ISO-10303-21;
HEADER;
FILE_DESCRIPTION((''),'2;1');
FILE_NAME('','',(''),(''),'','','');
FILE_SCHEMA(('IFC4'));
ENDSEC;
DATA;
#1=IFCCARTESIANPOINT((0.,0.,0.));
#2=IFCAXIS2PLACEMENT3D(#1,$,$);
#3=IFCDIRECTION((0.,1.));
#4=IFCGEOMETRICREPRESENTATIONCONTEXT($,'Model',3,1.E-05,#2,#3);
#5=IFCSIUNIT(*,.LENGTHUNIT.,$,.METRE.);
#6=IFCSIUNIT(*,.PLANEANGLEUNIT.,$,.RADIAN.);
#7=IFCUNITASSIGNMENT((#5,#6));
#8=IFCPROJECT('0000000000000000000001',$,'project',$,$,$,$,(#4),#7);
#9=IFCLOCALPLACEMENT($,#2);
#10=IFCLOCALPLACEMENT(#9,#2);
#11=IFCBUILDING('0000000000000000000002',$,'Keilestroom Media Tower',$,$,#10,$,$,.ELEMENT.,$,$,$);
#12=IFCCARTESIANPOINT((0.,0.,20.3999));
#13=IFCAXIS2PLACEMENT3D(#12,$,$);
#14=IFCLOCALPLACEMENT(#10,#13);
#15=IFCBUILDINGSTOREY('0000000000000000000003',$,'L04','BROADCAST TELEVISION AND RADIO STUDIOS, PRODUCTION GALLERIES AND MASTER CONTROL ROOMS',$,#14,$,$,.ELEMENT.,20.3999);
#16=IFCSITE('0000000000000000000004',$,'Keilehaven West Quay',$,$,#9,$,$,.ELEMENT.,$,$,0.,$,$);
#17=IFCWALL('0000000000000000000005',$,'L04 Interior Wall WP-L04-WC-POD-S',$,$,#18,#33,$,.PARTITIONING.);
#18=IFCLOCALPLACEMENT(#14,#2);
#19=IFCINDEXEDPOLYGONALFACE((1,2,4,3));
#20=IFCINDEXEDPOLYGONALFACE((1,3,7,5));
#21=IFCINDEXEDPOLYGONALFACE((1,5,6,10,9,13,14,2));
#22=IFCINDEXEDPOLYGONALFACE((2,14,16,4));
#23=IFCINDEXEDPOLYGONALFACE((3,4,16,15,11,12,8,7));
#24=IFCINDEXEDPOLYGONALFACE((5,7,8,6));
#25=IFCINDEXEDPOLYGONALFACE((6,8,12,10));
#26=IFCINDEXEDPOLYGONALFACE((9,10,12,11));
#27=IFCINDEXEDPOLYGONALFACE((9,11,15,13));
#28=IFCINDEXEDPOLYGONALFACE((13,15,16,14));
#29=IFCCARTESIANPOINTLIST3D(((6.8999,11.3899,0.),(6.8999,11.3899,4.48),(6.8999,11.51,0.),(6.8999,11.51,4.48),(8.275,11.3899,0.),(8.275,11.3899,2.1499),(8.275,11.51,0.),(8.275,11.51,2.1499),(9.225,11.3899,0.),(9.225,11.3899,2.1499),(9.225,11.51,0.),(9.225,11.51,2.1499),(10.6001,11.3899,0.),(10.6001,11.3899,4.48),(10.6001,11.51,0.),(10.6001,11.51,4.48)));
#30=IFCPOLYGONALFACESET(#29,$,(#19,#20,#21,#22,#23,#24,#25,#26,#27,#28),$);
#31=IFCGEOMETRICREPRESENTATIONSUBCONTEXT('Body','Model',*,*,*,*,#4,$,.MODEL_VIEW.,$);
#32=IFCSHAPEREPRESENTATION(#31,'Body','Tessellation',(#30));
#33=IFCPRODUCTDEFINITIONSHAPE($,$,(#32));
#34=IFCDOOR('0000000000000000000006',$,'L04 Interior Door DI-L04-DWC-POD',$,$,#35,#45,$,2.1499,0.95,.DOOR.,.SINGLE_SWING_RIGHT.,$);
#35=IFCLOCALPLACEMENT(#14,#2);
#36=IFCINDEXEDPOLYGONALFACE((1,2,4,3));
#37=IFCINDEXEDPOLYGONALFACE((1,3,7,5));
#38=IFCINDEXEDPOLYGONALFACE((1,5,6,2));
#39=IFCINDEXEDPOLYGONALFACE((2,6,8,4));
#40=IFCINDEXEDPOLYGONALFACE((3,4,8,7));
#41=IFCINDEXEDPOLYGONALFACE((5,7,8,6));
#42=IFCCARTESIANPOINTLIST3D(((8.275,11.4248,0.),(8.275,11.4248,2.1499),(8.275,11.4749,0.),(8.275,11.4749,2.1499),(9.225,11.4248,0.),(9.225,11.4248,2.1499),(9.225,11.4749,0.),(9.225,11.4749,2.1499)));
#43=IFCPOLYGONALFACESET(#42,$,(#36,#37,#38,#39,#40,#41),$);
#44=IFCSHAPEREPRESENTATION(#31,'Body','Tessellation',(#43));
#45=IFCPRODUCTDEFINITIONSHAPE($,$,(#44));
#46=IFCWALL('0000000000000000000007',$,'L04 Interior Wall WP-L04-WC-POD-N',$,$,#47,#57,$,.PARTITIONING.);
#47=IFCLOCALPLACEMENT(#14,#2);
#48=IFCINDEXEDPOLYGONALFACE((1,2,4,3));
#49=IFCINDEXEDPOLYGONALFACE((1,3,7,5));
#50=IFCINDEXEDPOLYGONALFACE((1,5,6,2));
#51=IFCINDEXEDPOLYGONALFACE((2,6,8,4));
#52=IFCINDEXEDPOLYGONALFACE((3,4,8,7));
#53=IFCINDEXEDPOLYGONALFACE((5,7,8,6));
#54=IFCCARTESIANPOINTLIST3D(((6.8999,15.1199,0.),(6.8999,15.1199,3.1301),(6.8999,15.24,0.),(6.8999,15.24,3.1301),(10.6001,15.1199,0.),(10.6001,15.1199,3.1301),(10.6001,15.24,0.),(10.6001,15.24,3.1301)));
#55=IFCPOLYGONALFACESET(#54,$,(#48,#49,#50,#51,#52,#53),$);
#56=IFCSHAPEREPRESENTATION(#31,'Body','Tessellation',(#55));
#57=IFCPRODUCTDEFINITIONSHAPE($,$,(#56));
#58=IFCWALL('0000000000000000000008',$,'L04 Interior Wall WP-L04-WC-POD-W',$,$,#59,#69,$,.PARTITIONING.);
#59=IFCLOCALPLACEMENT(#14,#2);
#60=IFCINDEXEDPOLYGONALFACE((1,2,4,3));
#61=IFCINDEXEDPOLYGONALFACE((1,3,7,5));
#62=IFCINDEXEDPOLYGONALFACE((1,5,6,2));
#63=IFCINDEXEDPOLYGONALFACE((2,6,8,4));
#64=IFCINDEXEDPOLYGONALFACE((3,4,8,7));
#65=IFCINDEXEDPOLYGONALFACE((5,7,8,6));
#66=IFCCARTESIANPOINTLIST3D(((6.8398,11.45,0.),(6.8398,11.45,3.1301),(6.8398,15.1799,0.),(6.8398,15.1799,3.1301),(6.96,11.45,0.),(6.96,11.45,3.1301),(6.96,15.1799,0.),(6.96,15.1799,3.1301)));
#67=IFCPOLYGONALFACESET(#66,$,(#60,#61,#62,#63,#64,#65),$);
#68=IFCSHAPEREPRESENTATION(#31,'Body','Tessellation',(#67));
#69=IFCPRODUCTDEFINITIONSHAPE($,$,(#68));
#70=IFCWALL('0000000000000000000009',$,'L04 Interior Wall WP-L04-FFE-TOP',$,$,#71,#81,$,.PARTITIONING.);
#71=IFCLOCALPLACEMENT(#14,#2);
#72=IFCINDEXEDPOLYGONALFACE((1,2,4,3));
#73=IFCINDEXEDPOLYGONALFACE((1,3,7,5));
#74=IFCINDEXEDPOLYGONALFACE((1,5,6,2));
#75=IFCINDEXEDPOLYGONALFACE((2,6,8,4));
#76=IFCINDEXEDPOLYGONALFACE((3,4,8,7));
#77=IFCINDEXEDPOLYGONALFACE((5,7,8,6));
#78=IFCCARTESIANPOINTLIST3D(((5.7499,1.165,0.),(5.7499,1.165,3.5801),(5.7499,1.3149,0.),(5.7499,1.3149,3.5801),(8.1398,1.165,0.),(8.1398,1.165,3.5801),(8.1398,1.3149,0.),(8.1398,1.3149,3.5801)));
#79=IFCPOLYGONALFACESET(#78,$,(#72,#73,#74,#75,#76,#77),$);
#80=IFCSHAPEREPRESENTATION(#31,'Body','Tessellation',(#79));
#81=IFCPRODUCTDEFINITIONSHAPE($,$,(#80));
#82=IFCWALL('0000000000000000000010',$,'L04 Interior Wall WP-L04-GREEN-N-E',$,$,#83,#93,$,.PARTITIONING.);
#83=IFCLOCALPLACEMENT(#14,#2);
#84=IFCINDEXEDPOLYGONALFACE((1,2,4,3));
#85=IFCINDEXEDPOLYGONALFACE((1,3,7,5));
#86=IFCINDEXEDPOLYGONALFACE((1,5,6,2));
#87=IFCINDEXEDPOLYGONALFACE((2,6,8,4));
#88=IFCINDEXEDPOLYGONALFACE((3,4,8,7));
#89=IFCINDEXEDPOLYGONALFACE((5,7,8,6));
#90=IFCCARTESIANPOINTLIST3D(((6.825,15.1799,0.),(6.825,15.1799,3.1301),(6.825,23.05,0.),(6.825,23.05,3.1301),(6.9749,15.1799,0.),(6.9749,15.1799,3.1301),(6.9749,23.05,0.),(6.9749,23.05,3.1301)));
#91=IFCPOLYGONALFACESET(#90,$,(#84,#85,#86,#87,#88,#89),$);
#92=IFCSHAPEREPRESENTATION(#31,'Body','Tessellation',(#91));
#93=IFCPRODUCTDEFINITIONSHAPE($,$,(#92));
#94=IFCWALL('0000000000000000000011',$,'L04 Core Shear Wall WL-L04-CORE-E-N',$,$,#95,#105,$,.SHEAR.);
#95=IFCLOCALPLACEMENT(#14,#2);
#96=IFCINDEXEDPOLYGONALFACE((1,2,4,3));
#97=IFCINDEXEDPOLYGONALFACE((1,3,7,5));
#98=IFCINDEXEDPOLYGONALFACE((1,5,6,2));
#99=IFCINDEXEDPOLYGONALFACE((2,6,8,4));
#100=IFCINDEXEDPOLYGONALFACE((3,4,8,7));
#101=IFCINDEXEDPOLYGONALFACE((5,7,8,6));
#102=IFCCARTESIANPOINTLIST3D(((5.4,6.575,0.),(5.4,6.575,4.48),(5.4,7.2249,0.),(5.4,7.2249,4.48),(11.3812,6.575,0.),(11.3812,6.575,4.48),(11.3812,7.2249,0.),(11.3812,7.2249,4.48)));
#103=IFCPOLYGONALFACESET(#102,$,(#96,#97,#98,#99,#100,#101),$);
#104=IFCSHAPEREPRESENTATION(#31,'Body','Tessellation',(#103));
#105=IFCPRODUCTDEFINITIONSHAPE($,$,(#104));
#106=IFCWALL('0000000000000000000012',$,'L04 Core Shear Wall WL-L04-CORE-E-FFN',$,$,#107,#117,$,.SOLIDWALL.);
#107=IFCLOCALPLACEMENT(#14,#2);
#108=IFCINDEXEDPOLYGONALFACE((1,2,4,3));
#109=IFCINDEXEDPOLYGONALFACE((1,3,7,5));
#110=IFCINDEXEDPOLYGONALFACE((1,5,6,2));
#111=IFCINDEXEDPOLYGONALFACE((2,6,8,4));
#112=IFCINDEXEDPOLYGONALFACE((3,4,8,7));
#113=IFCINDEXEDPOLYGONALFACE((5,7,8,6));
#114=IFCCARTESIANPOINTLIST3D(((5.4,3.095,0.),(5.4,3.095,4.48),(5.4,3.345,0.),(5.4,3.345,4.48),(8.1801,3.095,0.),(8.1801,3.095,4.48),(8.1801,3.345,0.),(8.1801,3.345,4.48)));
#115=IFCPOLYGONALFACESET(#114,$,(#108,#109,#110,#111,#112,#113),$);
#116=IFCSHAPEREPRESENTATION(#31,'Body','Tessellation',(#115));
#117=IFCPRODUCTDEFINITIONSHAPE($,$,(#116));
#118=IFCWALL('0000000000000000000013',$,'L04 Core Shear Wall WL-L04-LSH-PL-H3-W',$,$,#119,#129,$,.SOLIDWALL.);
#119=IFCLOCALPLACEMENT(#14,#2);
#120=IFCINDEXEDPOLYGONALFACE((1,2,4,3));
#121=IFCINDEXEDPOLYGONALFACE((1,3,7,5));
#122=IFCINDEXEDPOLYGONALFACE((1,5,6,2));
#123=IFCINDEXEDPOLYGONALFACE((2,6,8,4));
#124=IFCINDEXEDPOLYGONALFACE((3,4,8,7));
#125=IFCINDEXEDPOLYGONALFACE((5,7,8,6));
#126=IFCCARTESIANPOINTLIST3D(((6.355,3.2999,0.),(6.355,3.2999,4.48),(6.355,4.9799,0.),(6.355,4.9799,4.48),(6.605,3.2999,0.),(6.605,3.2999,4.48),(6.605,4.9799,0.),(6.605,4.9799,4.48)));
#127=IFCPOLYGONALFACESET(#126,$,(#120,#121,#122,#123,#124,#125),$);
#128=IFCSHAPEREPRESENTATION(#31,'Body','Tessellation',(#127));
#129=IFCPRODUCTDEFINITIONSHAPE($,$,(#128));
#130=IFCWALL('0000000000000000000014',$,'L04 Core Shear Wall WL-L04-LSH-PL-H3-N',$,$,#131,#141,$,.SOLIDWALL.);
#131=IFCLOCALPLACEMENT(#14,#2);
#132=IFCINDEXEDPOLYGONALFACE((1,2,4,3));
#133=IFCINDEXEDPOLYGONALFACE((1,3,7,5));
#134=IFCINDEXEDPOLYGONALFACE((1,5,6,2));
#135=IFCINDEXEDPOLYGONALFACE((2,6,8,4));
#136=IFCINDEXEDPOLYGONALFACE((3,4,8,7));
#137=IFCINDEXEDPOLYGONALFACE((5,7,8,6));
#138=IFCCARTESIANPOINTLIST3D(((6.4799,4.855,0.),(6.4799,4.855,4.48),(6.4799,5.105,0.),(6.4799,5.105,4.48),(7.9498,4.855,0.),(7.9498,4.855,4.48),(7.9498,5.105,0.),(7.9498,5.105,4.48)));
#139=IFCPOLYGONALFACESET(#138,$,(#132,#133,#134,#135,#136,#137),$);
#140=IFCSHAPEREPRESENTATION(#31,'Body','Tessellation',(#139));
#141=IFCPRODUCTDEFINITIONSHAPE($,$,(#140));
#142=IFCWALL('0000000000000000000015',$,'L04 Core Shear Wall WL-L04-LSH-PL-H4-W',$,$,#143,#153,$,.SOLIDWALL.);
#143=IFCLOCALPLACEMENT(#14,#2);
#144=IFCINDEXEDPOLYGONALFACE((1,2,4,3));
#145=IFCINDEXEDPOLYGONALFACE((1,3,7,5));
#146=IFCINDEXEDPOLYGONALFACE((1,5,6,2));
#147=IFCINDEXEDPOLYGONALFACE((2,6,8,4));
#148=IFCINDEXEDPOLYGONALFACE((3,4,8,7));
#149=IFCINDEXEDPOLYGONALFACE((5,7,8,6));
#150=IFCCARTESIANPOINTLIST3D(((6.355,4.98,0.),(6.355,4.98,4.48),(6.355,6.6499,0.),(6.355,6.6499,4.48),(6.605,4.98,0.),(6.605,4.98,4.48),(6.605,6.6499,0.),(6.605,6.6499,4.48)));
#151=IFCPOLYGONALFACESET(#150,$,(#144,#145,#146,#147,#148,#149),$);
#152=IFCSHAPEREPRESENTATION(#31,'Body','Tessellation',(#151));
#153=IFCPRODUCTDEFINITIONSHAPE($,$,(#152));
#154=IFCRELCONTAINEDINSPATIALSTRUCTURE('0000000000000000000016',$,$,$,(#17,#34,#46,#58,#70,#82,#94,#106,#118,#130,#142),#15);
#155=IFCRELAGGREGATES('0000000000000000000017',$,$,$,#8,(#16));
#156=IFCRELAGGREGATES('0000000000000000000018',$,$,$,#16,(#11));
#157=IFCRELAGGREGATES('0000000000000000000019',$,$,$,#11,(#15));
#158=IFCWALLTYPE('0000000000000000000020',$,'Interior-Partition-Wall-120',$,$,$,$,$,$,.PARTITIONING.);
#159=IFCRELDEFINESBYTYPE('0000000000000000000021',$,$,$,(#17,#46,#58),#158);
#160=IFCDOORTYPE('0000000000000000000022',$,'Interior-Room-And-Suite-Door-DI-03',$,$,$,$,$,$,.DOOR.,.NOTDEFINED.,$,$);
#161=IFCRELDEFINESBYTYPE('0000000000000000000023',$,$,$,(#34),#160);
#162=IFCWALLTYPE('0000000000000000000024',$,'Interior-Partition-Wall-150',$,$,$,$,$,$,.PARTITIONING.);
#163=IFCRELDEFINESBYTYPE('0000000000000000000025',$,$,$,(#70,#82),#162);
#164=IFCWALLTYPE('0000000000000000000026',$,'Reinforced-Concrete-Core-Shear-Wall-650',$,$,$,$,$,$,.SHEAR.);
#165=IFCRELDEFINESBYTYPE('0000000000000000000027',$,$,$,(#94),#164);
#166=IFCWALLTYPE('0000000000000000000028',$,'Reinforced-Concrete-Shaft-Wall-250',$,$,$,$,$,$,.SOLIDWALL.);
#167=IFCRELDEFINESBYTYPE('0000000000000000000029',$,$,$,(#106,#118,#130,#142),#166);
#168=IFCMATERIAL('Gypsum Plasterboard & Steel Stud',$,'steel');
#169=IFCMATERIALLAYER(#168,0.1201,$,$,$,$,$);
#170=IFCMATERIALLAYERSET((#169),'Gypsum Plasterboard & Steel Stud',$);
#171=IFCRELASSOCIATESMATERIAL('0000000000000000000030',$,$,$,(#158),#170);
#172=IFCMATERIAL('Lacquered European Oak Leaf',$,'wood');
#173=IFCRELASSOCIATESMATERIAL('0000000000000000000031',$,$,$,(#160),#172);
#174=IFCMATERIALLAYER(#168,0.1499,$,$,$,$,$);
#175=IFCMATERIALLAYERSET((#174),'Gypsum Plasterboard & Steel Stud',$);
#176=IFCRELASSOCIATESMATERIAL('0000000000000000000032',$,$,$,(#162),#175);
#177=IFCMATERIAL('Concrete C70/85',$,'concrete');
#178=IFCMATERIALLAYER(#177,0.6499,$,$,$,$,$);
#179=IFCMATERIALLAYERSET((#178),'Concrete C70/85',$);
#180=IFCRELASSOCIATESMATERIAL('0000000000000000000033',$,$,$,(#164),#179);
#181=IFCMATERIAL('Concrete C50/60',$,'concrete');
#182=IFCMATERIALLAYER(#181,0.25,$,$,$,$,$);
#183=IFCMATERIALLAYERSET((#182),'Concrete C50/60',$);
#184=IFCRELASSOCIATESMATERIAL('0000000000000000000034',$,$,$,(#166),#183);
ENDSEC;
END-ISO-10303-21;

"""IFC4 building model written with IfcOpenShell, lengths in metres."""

from ifc_helpers import new_model, si_unit, direction, frame, frame_2d, origin, place, context, subcontext, project, spatial, rectangle, extrude, source, transform, mapped, material, layer, layer_set, type_object, element, fill, save


model = new_model("IFC4")

# Units and contexts
model_context = context("Model", 3, precision=1e-05, world=origin(), true_north=direction((0.0, 1.0)))
body_context = subcontext(model_context, "Body", "Model", "MODEL_VIEW")
ifc_project = project(units=[si_unit("LENGTHUNIT", "METRE"), si_unit("PLANEANGLEUNIT", "RADIAN")], contexts=[model_context])

# Site, building, storey
site_placement = place(None, origin())
site = spatial("IfcSite", under=ifc_project, at=site_placement, Name="Keilehaven West Quay", CompositionType="ELEMENT", RefElevation=0.0)
building_placement = place(site_placement, origin())
building = spatial("IfcBuilding", under=site, at=building_placement, Name="Keilestroom Media Tower", CompositionType="ELEMENT")
storey_placement = place(building_placement, frame((0.0, 0.0, 20.3999)))
storey = spatial("IfcBuildingStorey", under=building, at=storey_placement, Name="L04", Description="BROADCAST TELEVISION AND RADIO STUDIOS, PRODUCTION GALLERIES AND MASTER CONTROL ROOMS", CompositionType="ELEMENT", Elevation=20.3999)

# Shared definitions
ifc_material_1 = material(Name="Gypsum Plasterboard & Steel Stud", Category="steel")
ifc_layer_1 = layer(ifc_material_1, 0.1201)
ifc_layer_set_1 = layer_set([ifc_layer_1], Name="Gypsum Plasterboard & Steel Stud")
wall_type_1 = type_object("IfcWallType", Name="Interior-Partition-Wall-120", PredefinedType="PARTITIONING", material=ifc_layer_set_1)

# Wall, opening, door
wall_1_placement = place(storey_placement, frame((6.8999, 11.45, 0.0), z_axis=(0.0, 0.0, 1.0), x_axis=(1.0, 0.0, 0.0)))
wall_1 = element("IfcWall", 1, at=wall_1_placement, inside=storey, type_object=wall_type_1, Name="L04 Interior Wall WP-L04-WC-POD-S", PredefinedType="PARTITIONING", context=body_context, shape_type="SweptSolid", body=[
    extrude(rectangle(XDim=3.7002, YDim=0.1201, at=frame_2d((1.8501, 0.0))), origin(), (0.0, 0.0, 1.0), 4.48),
])
opening_placement = place(wall_1_placement, frame((1.375, 0.0, 0.0)))
opening = element("IfcOpeningElement", 2, at=opening_placement, cuts=wall_1, PredefinedType="OPENING", context=body_context, shape_type="SweptSolid", body=[
    extrude(rectangle(XDim=0.95, YDim=2.1499, at=frame_2d((0.4751, 1.075))), frame((0.0, 0.0701, 0.0), z_axis=(0.0, -1.0, 0.0), x_axis=(1.0, 0.0, 0.0)), (0.0, 0.0, 1.0), 0.1401),
])
ifc_material_2 = material(Name="Lacquered European Oak Leaf", Category="wood")
door_type = type_object("IfcDoorType", Name="Interior-Room-And-Suite-Door-DI-03", OperationType="NOTDEFINED", PredefinedType="DOOR", material=ifc_material_2)
shared_shape_1 = source(origin(), body_context, "Body", "SweptSolid", [
    extrude(rectangle(XDim=0.95, YDim=2.1499, at=frame_2d((0.4751, 1.075))), frame((0.0, 0.0249, 0.0), z_axis=(0.0, -1.0, 0.0), x_axis=(1.0, 0.0, 0.0)), (0.0, 0.0, 1.0), 0.05),
])
door_placement = place(opening_placement, origin())
door = element("IfcDoor", 3, at=door_placement, inside=storey, type_object=door_type, Name="L04 Interior Door DI-L04-DWC-POD", OperationType="SINGLE_SWING_RIGHT", OverallHeight=2.1499, OverallWidth=0.95, PredefinedType="DOOR", context=body_context, shape_type="MappedRepresentation", body=[
    mapped(shared_shape_1, transform((0.0, 0.0, 0.0), x_axis=(1.0, 0.0, 0.0), y_axis=(0.0, 1.0, 0.0), z_axis=(0.0, 0.0, 1.0), scale=1.0)),
])
fill(opening, door)

# Walls
wall_2_placement = place(storey_placement, frame((6.8999, 15.1799, 0.0), z_axis=(0.0, 0.0, 1.0), x_axis=(1.0, 0.0, 0.0)))
element("IfcWall", 4, at=wall_2_placement, inside=storey, type_object=wall_type_1, Name="L04 Interior Wall WP-L04-WC-POD-N", PredefinedType="PARTITIONING", context=body_context, shape_type="SweptSolid", body=[
    extrude(rectangle(XDim=3.7002, YDim=0.1201, at=frame_2d((1.8501, 0.0))), origin(), (0.0, 0.0, 1.0), 3.1301),
])
wall_3_placement = place(storey_placement, frame((6.8999, 11.45, 0.0), z_axis=(0.0, 0.0, 1.0), x_axis=(0.0, 1.0, 0.0)))
element("IfcWall", 5, at=wall_3_placement, inside=storey, type_object=wall_type_1, Name="L04 Interior Wall WP-L04-WC-POD-W", PredefinedType="PARTITIONING", context=body_context, shape_type="SweptSolid", body=[
    extrude(rectangle(XDim=3.73, YDim=0.1201, at=frame_2d((1.865, 0.0))), origin(), (0.0, 0.0, 1.0), 3.1301),
])
ifc_layer_2 = layer(ifc_material_1, 0.1499)
ifc_layer_set_2 = layer_set([ifc_layer_2], Name="Gypsum Plasterboard & Steel Stud")
wall_type_2 = type_object("IfcWallType", Name="Interior-Partition-Wall-150", PredefinedType="PARTITIONING", material=ifc_layer_set_2)
wall_4_placement = place(storey_placement, frame((5.75, 1.24, 0.0), z_axis=(0.0, 0.0, 1.0), x_axis=(1.0, 0.0, 0.0)))
element("IfcWall", 6, at=wall_4_placement, inside=storey, type_object=wall_type_2, Name="L04 Interior Wall WP-L04-FFE-TOP", PredefinedType="PARTITIONING", context=body_context, shape_type="SweptSolid", body=[
    extrude(rectangle(XDim=2.3899, YDim=0.1499, at=frame_2d((1.1948, 0.0))), origin(), (0.0, 0.0, 1.0), 3.5801),
])
wall_5_placement = place(storey_placement, frame((6.8999, 15.1799, 0.0), z_axis=(0.0, 0.0, 1.0), x_axis=(0.0, 1.0, 0.0)))
element("IfcWall", 7, at=wall_5_placement, inside=storey, type_object=wall_type_2, Name="L04 Interior Wall WP-L04-GREEN-N-E", PredefinedType="PARTITIONING", context=body_context, shape_type="SweptSolid", body=[
    extrude(rectangle(XDim=7.8701, YDim=0.1499, at=frame_2d((3.9351, 0.0))), origin(), (0.0, 0.0, 1.0), 3.1301),
])
ifc_material_3 = material(Name="Concrete C70/85", Category="concrete")
ifc_layer_3 = layer(ifc_material_3, 0.6499)
ifc_layer_set_3 = layer_set([ifc_layer_3], Name="Concrete C70/85")
wall_type_3 = type_object("IfcWallType", Name="Reinforced-Concrete-Core-Shear-Wall-650", PredefinedType="SHEAR", material=ifc_layer_set_3)
wall_6_placement = place(storey_placement, frame((5.3999, 6.8999, 0.0), z_axis=(0.0, 0.0, 1.0), x_axis=(1.0, 0.0, 0.0)))
element("IfcWall", 8, at=wall_6_placement, inside=storey, type_object=wall_type_3, Name="L04 Core Shear Wall WL-L04-CORE-E-N", PredefinedType="SHEAR", context=body_context, shape_type="SweptSolid", body=[
    extrude(rectangle(XDim=5.9812, YDim=0.6499, at=frame_2d((2.9907, 0.0))), origin(), (0.0, 0.0, 1.0), 4.48),
])
ifc_material_4 = material(Name="Concrete C50/60", Category="concrete")
ifc_layer_4 = layer(ifc_material_4, 0.25)
ifc_layer_set_4 = layer_set([ifc_layer_4], Name="Concrete C50/60")
wall_type_4 = type_object("IfcWallType", Name="Reinforced-Concrete-Shaft-Wall-250", PredefinedType="SOLIDWALL", material=ifc_layer_set_4)
wall_7_placement = place(storey_placement, frame((5.3999, 3.22, 0.0), z_axis=(0.0, 0.0, 1.0), x_axis=(1.0, 0.0, 0.0)))
element("IfcWall", 9, at=wall_7_placement, inside=storey, type_object=wall_type_4, Name="L04 Core Shear Wall WL-L04-CORE-E-FFN", PredefinedType="SOLIDWALL", context=body_context, shape_type="SweptSolid", body=[
    extrude(rectangle(XDim=2.78, YDim=0.25, at=frame_2d((1.3901, 0.0))), origin(), (0.0, 0.0, 1.0), 4.48),
])
wall_8_placement = place(storey_placement, frame((6.48, 3.3, 0.0), z_axis=(0.0, 0.0, 1.0), x_axis=(0.0, 1.0, 0.0)))
element("IfcWall", 10, at=wall_8_placement, inside=storey, type_object=wall_type_4, Name="L04 Core Shear Wall WL-L04-LSH-PL-H3-W", PredefinedType="SOLIDWALL", context=body_context, shape_type="SweptSolid", body=[
    extrude(rectangle(XDim=1.6799, YDim=0.25, at=frame_2d((0.8398, 0.0))), origin(), (0.0, 0.0, 1.0), 4.48),
])
wall_9_placement = place(storey_placement, frame((6.48, 4.98, 0.0), z_axis=(0.0, 0.0, 1.0), x_axis=(1.0, 0.0, 0.0)))
element("IfcWall", 11, at=wall_9_placement, inside=storey, type_object=wall_type_4, Name="L04 Core Shear Wall WL-L04-LSH-PL-H3-N", PredefinedType="SOLIDWALL", context=body_context, shape_type="SweptSolid", body=[
    extrude(rectangle(XDim=1.47, YDim=0.25, at=frame_2d((0.7349, 0.0))), origin(), (0.0, 0.0, 1.0), 4.48),
])
wall_10_placement = place(storey_placement, frame((6.48, 4.98, 0.0), z_axis=(0.0, 0.0, 1.0), x_axis=(0.0, 1.0, 0.0)))
element("IfcWall", 12, at=wall_10_placement, inside=storey, type_object=wall_type_4, Name="L04 Core Shear Wall WL-L04-LSH-PL-H4-W", PredefinedType="SOLIDWALL", context=body_context, shape_type="SweptSolid", body=[
    extrude(rectangle(XDim=1.6699, YDim=0.25, at=frame_2d((0.835, 0.0))), origin(), (0.0, 0.0, 1.0), 4.48),
])

save(model, "model.ifc")
